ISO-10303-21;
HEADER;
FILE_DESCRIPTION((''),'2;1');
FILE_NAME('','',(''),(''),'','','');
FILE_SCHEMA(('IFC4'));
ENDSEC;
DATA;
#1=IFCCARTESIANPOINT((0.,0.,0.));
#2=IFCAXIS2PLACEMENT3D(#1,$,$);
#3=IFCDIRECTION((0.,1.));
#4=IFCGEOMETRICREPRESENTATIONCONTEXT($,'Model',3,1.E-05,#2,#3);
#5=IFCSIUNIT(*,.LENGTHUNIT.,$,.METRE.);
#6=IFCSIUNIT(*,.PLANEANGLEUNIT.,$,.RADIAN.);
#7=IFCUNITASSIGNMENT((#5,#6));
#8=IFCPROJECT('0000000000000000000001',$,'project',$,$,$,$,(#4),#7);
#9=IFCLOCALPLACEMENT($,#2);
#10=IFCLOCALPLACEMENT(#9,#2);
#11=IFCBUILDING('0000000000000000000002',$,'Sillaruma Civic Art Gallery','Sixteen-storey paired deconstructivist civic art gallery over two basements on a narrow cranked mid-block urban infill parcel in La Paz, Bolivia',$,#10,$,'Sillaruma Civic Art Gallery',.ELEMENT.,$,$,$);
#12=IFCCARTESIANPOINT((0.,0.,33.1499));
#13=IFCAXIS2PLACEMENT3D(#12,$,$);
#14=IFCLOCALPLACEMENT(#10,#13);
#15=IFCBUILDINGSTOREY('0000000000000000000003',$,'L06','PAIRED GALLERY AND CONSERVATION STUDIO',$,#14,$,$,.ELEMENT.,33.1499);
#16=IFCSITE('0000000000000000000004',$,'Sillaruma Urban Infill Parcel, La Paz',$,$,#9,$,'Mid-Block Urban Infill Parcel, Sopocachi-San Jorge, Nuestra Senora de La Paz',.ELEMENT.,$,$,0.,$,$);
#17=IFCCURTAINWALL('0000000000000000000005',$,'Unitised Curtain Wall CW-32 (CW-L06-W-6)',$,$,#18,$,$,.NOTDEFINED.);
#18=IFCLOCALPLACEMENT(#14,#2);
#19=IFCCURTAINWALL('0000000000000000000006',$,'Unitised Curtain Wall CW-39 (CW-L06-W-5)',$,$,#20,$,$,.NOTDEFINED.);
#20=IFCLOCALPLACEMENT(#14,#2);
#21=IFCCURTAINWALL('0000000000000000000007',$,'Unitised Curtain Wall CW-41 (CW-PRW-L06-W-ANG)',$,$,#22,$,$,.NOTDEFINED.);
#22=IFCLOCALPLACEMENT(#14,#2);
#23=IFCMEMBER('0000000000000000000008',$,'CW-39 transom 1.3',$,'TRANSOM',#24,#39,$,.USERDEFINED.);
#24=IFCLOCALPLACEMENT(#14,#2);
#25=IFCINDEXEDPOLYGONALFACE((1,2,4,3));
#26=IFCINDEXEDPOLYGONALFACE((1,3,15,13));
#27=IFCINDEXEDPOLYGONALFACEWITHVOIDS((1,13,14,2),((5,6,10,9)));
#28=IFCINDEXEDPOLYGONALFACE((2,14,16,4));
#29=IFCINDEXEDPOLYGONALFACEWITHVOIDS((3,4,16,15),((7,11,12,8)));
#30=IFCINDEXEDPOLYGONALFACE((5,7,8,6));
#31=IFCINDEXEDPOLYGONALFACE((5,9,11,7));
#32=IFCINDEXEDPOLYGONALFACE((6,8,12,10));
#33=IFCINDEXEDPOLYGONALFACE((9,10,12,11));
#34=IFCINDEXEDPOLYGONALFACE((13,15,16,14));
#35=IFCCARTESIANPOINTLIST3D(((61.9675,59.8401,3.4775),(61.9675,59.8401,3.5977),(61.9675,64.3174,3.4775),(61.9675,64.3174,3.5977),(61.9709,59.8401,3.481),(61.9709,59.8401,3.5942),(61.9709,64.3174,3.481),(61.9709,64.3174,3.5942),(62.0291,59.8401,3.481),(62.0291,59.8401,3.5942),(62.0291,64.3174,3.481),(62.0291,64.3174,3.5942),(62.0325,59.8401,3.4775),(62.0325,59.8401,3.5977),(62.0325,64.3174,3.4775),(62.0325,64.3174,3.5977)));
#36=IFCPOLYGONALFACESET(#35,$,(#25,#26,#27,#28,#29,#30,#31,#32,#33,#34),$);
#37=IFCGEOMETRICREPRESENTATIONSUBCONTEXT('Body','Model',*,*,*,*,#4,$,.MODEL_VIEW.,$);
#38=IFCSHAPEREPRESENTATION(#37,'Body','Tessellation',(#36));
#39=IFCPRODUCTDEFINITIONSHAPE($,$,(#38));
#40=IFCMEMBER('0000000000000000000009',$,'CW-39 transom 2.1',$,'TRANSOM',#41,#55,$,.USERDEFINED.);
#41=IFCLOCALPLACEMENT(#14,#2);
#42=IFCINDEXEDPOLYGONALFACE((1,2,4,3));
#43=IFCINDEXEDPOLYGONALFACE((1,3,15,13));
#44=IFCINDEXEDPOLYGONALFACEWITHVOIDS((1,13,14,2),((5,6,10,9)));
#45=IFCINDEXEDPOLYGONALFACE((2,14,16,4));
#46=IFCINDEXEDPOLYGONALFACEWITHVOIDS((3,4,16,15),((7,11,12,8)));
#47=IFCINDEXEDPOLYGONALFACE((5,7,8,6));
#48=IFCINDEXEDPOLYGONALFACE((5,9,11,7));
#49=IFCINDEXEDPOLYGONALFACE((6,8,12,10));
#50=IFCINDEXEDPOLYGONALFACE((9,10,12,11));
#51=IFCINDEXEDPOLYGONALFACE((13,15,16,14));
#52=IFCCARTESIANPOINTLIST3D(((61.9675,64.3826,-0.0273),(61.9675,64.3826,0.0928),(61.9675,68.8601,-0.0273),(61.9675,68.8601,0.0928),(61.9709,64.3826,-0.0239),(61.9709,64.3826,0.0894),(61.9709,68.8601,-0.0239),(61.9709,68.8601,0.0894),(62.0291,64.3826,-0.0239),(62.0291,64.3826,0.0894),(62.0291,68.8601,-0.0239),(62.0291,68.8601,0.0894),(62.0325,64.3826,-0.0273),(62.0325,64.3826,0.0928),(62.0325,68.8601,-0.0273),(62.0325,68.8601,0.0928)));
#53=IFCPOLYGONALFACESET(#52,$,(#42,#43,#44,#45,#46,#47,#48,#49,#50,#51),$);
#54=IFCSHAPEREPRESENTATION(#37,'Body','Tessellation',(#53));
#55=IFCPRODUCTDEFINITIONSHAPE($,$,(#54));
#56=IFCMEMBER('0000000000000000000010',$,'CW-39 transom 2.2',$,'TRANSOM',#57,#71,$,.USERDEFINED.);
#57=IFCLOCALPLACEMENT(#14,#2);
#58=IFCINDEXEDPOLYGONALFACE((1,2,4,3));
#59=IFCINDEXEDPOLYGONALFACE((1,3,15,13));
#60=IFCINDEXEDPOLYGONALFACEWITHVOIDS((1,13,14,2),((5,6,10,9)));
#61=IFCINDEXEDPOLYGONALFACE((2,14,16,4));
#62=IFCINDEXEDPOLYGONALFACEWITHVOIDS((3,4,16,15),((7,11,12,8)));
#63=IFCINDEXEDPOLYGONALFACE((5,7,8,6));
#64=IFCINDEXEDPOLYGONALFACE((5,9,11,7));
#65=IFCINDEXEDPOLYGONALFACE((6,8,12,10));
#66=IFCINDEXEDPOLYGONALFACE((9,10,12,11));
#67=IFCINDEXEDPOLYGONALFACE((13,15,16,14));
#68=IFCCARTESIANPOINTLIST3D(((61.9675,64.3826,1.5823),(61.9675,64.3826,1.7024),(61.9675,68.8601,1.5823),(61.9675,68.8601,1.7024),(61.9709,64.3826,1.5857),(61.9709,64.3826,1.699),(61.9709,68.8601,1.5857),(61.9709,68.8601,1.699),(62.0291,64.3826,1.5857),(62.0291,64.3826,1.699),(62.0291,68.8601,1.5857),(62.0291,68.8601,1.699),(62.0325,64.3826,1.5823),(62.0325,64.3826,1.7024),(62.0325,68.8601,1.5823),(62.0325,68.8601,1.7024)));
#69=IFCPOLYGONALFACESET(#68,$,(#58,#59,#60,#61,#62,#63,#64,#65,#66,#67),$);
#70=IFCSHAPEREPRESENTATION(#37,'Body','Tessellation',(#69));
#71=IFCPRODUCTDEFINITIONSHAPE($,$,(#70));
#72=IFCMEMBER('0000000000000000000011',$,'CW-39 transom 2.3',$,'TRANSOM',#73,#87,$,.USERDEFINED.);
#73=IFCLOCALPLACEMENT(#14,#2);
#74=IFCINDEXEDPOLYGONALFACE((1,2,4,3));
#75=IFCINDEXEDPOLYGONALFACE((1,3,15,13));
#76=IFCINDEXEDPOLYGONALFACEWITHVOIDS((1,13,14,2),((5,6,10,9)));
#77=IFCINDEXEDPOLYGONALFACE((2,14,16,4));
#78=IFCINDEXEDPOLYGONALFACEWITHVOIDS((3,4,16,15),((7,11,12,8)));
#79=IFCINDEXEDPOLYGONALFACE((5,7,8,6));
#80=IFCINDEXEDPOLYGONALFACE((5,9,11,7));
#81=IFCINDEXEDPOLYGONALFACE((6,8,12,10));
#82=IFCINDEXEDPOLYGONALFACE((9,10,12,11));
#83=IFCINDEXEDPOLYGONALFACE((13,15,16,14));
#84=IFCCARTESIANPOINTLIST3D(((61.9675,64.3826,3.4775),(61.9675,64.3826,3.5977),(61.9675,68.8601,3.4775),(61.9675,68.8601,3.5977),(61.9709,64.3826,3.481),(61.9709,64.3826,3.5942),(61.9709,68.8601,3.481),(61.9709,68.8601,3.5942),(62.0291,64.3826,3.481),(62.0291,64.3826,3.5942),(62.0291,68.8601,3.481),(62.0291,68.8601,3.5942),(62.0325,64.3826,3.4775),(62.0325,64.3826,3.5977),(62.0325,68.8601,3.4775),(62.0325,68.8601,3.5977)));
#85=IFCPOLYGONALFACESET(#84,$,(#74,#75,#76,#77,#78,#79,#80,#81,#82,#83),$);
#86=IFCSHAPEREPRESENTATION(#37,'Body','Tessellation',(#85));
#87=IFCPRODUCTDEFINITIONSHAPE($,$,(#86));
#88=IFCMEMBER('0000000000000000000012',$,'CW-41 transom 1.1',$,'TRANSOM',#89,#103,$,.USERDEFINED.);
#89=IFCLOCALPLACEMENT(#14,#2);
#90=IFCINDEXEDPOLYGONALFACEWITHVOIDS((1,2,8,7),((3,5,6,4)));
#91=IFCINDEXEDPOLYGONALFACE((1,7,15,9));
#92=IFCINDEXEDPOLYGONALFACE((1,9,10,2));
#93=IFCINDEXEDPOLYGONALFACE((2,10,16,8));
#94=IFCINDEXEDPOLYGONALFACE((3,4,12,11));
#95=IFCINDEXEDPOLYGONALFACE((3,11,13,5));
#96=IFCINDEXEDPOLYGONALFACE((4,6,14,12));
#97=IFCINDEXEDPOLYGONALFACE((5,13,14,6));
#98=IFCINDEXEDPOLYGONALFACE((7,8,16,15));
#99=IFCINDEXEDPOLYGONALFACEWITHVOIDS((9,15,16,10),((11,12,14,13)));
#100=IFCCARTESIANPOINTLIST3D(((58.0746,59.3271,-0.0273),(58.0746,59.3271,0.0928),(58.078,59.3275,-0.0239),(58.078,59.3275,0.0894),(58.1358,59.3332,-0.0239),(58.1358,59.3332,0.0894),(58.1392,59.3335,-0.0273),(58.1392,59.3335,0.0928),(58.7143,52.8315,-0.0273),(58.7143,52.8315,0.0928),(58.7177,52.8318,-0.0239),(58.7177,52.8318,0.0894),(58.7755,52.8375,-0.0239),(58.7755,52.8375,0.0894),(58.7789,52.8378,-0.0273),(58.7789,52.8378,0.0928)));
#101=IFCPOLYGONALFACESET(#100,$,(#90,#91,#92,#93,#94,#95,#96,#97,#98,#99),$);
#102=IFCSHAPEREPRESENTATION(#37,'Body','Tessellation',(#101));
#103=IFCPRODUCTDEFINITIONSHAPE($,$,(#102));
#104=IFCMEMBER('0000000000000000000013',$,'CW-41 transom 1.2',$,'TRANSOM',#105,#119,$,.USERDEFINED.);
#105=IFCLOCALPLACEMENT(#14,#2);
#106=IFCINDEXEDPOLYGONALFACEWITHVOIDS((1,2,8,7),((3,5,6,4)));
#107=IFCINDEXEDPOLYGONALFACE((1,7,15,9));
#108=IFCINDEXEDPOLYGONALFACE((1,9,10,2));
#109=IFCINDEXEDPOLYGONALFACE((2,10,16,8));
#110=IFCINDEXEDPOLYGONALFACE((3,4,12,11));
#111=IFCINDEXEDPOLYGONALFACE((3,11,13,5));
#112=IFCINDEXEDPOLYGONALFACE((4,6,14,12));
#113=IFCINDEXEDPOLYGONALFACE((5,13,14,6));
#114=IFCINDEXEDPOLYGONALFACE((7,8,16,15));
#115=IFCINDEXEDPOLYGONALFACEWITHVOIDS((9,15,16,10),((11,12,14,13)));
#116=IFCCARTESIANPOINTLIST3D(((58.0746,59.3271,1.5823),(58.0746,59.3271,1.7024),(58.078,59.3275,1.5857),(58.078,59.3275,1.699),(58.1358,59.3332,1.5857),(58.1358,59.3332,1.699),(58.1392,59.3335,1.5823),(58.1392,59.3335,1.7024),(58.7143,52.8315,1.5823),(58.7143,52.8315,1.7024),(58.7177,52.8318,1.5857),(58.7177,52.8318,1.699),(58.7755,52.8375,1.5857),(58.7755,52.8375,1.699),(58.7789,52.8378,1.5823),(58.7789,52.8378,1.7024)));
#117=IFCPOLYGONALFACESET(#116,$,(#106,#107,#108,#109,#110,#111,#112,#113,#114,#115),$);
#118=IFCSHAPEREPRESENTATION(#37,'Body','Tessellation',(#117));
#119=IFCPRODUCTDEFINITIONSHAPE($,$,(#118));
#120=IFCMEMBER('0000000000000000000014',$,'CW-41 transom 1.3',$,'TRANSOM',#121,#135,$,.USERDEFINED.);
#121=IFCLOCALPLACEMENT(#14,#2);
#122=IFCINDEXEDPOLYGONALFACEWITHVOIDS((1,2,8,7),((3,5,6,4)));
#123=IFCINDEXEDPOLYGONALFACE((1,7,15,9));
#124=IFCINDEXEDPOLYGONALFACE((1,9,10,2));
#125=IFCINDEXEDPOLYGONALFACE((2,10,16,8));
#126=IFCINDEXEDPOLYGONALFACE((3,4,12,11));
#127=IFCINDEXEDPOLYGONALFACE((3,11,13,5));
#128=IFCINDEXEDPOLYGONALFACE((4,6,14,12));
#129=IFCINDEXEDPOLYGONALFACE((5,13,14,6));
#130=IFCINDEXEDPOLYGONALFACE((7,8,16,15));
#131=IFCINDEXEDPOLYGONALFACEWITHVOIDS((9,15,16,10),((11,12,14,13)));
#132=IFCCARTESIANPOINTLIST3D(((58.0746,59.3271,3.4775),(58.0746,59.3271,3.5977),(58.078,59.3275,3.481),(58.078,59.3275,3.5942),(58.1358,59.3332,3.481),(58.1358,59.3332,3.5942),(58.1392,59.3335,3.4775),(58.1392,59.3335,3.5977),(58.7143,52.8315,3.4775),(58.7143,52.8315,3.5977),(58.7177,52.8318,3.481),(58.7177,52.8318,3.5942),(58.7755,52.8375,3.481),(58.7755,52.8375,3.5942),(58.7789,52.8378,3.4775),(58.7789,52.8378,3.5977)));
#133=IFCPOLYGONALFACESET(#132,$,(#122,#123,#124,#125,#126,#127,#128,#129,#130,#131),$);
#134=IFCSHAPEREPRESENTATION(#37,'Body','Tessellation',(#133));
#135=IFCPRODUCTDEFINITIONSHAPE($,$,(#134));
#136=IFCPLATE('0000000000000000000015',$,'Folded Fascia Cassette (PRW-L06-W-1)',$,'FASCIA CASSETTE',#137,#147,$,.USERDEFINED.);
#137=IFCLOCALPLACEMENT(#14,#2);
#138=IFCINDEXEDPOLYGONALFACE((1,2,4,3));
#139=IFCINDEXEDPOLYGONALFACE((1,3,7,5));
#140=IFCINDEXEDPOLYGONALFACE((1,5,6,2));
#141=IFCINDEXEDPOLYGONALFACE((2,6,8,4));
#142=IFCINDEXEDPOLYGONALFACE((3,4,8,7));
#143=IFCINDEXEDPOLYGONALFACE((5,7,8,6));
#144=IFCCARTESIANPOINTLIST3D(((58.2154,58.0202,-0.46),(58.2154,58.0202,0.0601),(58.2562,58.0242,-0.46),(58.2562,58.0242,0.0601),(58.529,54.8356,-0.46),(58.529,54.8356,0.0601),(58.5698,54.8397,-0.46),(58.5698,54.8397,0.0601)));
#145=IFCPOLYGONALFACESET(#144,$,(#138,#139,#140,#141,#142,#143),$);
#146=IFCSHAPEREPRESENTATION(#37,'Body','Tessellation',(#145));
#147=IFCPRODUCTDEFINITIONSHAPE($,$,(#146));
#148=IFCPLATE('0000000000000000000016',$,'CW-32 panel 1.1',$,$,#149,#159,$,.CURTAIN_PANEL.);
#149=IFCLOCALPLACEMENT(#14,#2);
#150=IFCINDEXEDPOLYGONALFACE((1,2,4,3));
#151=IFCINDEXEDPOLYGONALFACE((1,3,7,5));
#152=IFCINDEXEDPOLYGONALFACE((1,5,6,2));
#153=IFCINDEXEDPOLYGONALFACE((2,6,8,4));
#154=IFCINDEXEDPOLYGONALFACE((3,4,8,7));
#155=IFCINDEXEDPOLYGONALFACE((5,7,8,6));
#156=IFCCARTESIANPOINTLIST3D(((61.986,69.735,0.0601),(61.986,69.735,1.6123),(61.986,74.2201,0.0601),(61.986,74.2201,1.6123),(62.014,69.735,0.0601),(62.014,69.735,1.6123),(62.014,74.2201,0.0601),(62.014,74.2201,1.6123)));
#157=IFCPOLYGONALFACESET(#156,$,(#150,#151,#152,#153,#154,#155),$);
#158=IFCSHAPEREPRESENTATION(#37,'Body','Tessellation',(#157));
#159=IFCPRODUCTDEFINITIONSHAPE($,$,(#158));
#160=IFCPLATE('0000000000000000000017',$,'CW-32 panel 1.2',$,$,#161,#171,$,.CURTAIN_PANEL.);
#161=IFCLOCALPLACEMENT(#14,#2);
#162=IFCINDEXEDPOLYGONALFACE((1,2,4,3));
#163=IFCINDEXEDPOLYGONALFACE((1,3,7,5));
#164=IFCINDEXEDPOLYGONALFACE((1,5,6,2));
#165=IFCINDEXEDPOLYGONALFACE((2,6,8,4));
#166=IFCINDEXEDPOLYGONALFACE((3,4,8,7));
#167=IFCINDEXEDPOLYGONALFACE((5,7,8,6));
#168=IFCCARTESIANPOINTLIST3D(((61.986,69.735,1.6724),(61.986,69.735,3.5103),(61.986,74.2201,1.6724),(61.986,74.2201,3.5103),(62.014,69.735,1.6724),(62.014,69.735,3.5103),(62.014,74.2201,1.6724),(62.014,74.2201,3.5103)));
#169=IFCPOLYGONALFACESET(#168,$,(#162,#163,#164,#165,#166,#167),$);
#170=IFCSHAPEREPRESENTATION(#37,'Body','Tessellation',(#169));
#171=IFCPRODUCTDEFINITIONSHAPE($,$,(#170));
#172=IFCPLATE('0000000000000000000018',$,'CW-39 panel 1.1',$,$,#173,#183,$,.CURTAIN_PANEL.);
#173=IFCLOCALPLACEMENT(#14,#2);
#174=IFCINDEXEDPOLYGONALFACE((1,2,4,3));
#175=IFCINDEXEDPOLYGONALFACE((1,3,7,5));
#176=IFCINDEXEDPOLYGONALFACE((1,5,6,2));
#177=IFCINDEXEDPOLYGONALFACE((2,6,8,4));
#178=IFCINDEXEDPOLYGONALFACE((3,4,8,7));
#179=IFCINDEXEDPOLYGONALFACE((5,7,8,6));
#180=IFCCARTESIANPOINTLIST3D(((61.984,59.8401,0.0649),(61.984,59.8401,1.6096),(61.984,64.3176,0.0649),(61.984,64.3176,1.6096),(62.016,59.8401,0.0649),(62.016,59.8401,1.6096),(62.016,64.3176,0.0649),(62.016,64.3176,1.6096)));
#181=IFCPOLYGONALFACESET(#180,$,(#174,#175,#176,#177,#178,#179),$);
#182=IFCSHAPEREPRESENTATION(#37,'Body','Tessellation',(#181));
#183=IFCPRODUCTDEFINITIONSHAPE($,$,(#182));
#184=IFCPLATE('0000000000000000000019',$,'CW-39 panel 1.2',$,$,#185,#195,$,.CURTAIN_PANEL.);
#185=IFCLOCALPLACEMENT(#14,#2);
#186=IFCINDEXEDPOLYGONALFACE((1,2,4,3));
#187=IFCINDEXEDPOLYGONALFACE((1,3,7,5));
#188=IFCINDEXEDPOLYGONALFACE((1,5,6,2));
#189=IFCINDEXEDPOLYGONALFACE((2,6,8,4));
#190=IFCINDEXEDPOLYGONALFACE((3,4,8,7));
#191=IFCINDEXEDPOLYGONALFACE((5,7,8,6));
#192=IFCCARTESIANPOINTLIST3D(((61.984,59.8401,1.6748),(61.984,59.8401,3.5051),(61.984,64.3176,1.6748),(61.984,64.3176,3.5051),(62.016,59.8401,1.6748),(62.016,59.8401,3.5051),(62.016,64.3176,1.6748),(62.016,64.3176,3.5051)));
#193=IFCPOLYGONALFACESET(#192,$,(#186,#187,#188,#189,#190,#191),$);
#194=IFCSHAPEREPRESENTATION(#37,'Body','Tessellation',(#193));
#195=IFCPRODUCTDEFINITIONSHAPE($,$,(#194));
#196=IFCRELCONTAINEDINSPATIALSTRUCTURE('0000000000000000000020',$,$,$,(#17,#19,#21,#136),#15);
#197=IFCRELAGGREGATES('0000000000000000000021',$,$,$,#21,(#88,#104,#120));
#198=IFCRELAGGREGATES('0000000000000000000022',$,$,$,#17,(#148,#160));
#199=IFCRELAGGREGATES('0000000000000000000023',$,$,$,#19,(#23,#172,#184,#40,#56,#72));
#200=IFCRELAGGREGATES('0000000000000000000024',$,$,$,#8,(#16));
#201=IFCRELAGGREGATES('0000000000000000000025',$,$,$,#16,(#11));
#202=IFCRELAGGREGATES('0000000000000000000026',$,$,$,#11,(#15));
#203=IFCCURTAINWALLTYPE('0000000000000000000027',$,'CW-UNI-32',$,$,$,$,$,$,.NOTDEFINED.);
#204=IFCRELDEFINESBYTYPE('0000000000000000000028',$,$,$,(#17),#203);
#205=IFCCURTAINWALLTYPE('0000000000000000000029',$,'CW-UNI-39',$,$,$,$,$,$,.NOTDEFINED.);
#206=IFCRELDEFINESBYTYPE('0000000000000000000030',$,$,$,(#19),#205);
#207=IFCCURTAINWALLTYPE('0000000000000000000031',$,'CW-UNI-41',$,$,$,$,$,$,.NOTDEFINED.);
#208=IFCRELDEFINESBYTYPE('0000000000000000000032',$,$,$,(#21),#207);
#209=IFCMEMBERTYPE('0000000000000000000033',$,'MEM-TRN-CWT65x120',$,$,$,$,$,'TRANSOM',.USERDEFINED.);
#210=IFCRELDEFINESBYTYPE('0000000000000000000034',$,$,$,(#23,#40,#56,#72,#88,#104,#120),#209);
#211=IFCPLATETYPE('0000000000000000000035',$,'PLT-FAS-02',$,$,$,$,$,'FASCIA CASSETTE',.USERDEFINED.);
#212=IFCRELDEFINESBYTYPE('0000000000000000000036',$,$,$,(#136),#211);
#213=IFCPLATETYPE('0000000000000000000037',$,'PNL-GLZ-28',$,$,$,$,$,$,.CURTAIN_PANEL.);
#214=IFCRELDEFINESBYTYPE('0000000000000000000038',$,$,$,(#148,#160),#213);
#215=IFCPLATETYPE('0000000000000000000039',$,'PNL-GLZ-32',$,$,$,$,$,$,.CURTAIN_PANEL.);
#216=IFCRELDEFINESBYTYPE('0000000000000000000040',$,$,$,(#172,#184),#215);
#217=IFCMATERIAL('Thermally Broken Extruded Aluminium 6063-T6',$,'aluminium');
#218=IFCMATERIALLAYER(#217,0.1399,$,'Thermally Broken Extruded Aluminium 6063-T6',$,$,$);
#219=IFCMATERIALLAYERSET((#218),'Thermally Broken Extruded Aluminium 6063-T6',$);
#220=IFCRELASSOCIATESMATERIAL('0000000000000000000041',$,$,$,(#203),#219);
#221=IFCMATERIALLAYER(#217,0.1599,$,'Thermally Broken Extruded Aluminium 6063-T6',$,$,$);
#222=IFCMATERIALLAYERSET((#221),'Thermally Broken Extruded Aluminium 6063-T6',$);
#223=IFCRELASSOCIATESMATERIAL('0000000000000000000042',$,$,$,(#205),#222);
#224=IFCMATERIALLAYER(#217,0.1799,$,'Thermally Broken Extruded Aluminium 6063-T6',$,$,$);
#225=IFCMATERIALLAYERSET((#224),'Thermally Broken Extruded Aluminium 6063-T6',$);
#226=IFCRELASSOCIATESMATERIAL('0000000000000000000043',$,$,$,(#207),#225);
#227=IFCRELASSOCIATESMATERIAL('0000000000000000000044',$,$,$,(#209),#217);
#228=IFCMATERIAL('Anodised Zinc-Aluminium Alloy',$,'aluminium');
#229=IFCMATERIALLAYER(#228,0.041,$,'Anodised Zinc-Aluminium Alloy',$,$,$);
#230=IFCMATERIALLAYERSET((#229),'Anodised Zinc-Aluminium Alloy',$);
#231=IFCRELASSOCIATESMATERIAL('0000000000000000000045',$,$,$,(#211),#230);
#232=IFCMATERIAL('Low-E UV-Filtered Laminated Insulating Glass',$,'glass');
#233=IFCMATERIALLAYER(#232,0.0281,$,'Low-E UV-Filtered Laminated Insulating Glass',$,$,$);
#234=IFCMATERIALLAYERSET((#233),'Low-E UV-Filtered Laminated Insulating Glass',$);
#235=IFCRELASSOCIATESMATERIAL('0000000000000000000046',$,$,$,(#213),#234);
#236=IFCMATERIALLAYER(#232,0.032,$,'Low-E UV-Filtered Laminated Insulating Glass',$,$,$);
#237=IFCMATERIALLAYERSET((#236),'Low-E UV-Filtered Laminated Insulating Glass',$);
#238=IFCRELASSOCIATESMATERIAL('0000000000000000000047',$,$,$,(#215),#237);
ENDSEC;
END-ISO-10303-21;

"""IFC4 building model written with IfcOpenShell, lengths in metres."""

from ifc_helpers import new_model, si_unit, direction, frame, origin, origin_2d, place, context, subcontext, project, spatial, rectangle, hollow_rectangle, extrude, material, layer, layer_set, material_profile, profile_set, type_object, element, aggregate, save


model = new_model("IFC4")

# Units and contexts
model_context = context("Model", 3, precision=1e-05, world=origin(), true_north=direction((0.0, 1.0)))
body_context = subcontext(model_context, "Body", "Model", "MODEL_VIEW")
ifc_project = project(units=[si_unit("LENGTHUNIT", "METRE"), si_unit("PLANEANGLEUNIT", "RADIAN")], contexts=[model_context])

# Site, building, storey
site_placement = place(None, origin())
site = spatial("IfcSite", under=ifc_project, at=site_placement, Name="Sillaruma Urban Infill Parcel, La Paz", LongName="Mid-Block Urban Infill Parcel, Sopocachi-San Jorge, Nuestra Senora de La Paz", CompositionType="ELEMENT", RefElevation=0.0)
building_placement = place(site_placement, origin())
building = spatial("IfcBuilding", under=site, at=building_placement, Name="Sillaruma Civic Art Gallery", Description="Sixteen-storey paired deconstructivist civic art gallery over two basements on a narrow cranked mid-block urban infill parcel in La Paz, Bolivia", LongName="Sillaruma Civic Art Gallery", CompositionType="ELEMENT")
storey_placement = place(building_placement, frame((0.0, 0.0, 33.1499)))
storey = spatial("IfcBuildingStorey", under=building, at=storey_placement, Name="L06", Description="PAIRED GALLERY AND CONSERVATION STUDIO", CompositionType="ELEMENT", Elevation=33.1499)

# Curtain walls
ifc_material_1 = material(Name="Thermally Broken Extruded Aluminium 6063-T6", Category="aluminium")
ifc_layer_1 = layer(ifc_material_1, 0.1399, Name="Thermally Broken Extruded Aluminium 6063-T6")
ifc_layer_set_1 = layer_set([ifc_layer_1], Name="Thermally Broken Extruded Aluminium 6063-T6")
curtain_wall_type_1 = type_object("IfcCurtainWallType", Name="CW-UNI-32", PredefinedType="NOTDEFINED", material=ifc_layer_set_1)
curtain_wall_1_placement = place(storey_placement, origin())
curtain_wall_1 = element("IfcCurtainWall", 1, at=curtain_wall_1_placement, inside=storey, type_object=curtain_wall_type_1, Name="Unitised Curtain Wall CW-32 (CW-L06-W-6)", PredefinedType="NOTDEFINED")
ifc_layer_2 = layer(ifc_material_1, 0.1599, Name="Thermally Broken Extruded Aluminium 6063-T6")
ifc_layer_set_2 = layer_set([ifc_layer_2], Name="Thermally Broken Extruded Aluminium 6063-T6")
curtain_wall_type_2 = type_object("IfcCurtainWallType", Name="CW-UNI-39", PredefinedType="NOTDEFINED", material=ifc_layer_set_2)
curtain_wall_2_placement = place(storey_placement, origin())
curtain_wall_2 = element("IfcCurtainWall", 2, at=curtain_wall_2_placement, inside=storey, type_object=curtain_wall_type_2, Name="Unitised Curtain Wall CW-39 (CW-L06-W-5)", PredefinedType="NOTDEFINED")

# Curtain wall
ifc_layer_3 = layer(ifc_material_1, 0.1799, Name="Thermally Broken Extruded Aluminium 6063-T6")
ifc_layer_set_3 = layer_set([ifc_layer_3], Name="Thermally Broken Extruded Aluminium 6063-T6")
curtain_wall_type_3 = type_object("IfcCurtainWallType", Name="CW-UNI-41", PredefinedType="NOTDEFINED", material=ifc_layer_set_3)
curtain_wall_3_placement = place(storey_placement, origin())
curtain_wall_3 = element("IfcCurtainWall", 3, at=curtain_wall_3_placement, inside=storey, type_object=curtain_wall_type_3, Name="Unitised Curtain Wall CW-41 (CW-PRW-L06-W-ANG)", PredefinedType="NOTDEFINED")

# Members
ifc_material_profile_1 = material_profile(ifc_material_1, hollow_rectangle(XDim=0.0649, YDim=0.1201, WallThickness=0.0034, at=origin_2d()), Name="CWT65x120")
ifc_profile_set_1 = profile_set([ifc_material_profile_1], Name="Thermally Broken Extruded Aluminium 6063-T6")
member_type_1 = type_object("IfcMemberType", Name="MEM-TRN-CWT65x120", ElementType="TRANSOM", PredefinedType="USERDEFINED", material=ifc_profile_set_1)
member_1_placement = place(storey_placement, frame((62.0, 59.8401, 3.5376), z_axis=(0.0, 1.0, 0.0), x_axis=(-1.0, 0.0, 0.0)))
member_1 = element("IfcMember", 4, at=member_1_placement, type_object=member_type_1, Name="CW-39 transom 1.3", ObjectType="TRANSOM", PredefinedType="USERDEFINED", context=body_context, shape_type="SweptSolid", body=[
    extrude(hollow_rectangle(XDim=0.0649, YDim=0.1201, WallThickness=0.0034, at=origin_2d()), origin(), (0.0, 0.0, 1.0), 4.4773),
])
member_2_placement = place(storey_placement, frame((62.0, 64.3826, 0.0327), z_axis=(0.0, 1.0, 0.0), x_axis=(-1.0, 0.0, 0.0)))
member_2 = element("IfcMember", 5, at=member_2_placement, type_object=member_type_1, Name="CW-39 transom 2.1", ObjectType="TRANSOM", PredefinedType="USERDEFINED", context=body_context, shape_type="SweptSolid", body=[
    extrude(hollow_rectangle(XDim=0.0649, YDim=0.1201, WallThickness=0.0034, at=origin_2d()), origin(), (0.0, 0.0, 1.0), 4.4775),
])
member_3_placement = place(storey_placement, frame((62.0, 64.3826, 1.6423), z_axis=(0.0, 1.0, 0.0), x_axis=(-1.0, 0.0, 0.0)))
member_3 = element("IfcMember", 6, at=member_3_placement, type_object=member_type_1, Name="CW-39 transom 2.2", ObjectType="TRANSOM", PredefinedType="USERDEFINED", context=body_context, shape_type="SweptSolid", body=[
    extrude(hollow_rectangle(XDim=0.0649, YDim=0.1201, WallThickness=0.0034, at=origin_2d()), origin(), (0.0, 0.0, 1.0), 4.4775),
])
member_4_placement = place(storey_placement, frame((62.0, 64.3826, 3.5376), z_axis=(0.0, 1.0, 0.0), x_axis=(-1.0, 0.0, 0.0)))
member_4 = element("IfcMember", 7, at=member_4_placement, type_object=member_type_1, Name="CW-39 transom 2.3", ObjectType="TRANSOM", PredefinedType="USERDEFINED", context=body_context, shape_type="SweptSolid", body=[
    extrude(hollow_rectangle(XDim=0.0649, YDim=0.1201, WallThickness=0.0034, at=origin_2d()), origin(), (0.0, 0.0, 1.0), 4.4775),
])
member_5_placement = place(storey_placement, frame((58.1069, 59.3303, 0.0327), z_axis=(0.098, -0.995186, 0.0), x_axis=(0.995186, 0.098, 0.0)))
member_5 = element("IfcMember", 8, at=member_5_placement, type_object=member_type_1, Name="CW-41 transom 1.1", ObjectType="TRANSOM", PredefinedType="USERDEFINED", context=body_context, shape_type="SweptSolid", body=[
    extrude(hollow_rectangle(XDim=0.0649, YDim=0.1201, WallThickness=0.0034, at=origin_2d()), origin(), (0.0, 0.0, 1.0), 6.5271),
])
member_6_placement = place(storey_placement, frame((58.1069, 59.3303, 1.6423), z_axis=(0.098, -0.995186, 0.0), x_axis=(0.995186, 0.098, 0.0)))
member_6 = element("IfcMember", 9, at=member_6_placement, type_object=member_type_1, Name="CW-41 transom 1.2", ObjectType="TRANSOM", PredefinedType="USERDEFINED", context=body_context, shape_type="SweptSolid", body=[
    extrude(hollow_rectangle(XDim=0.0649, YDim=0.1201, WallThickness=0.0034, at=origin_2d()), origin(), (0.0, 0.0, 1.0), 6.5271),
])
member_7_placement = place(storey_placement, frame((58.1069, 59.3303, 3.5376), z_axis=(0.098, -0.995186, 0.0), x_axis=(0.995186, 0.098, 0.0)))
member_7 = element("IfcMember", 10, at=member_7_placement, type_object=member_type_1, Name="CW-41 transom 1.3", ObjectType="TRANSOM", PredefinedType="USERDEFINED", context=body_context, shape_type="SweptSolid", body=[
    extrude(hollow_rectangle(XDim=0.0649, YDim=0.1201, WallThickness=0.0034, at=origin_2d()), origin(), (0.0, 0.0, 1.0), 6.5271),
])
aggregate(curtain_wall_3, [member_5, member_6, member_7])

# Plates
ifc_material_2 = material(Name="Anodised Zinc-Aluminium Alloy", Category="aluminium")
ifc_layer_4 = layer(ifc_material_2, 0.041, Name="Anodised Zinc-Aluminium Alloy")
ifc_layer_set_4 = layer_set([ifc_layer_4], Name="Anodised Zinc-Aluminium Alloy")
plate_type_1 = type_object("IfcPlateType", Name="PLT-FAS-02", ElementType="FASCIA CASSETTE", PredefinedType="USERDEFINED", material=ifc_layer_set_4)
plate_1_placement = place(storey_placement, frame((58.3926, 56.4299, -0.46), z_axis=(0.0, 0.0, 1.0), x_axis=(0.098011, -0.995185, 0.0)))
element("IfcPlate", 11, at=plate_1_placement, inside=storey, type_object=plate_type_1, Name="Folded Fascia Cassette (PRW-L06-W-1)", ObjectType="FASCIA CASSETTE", PredefinedType="USERDEFINED", context=body_context, shape_type="SweptSolid", body=[
    extrude(rectangle(XDim=3.2, YDim=0.041, at=origin_2d()), origin(), (0.0, 0.0, 1.0), 0.52),
])
ifc_material_3 = material(Name="Low-E UV-Filtered Laminated Insulating Glass", Category="glass")
ifc_layer_5 = layer(ifc_material_3, 0.0281, Name="Low-E UV-Filtered Laminated Insulating Glass")
ifc_layer_set_5 = layer_set([ifc_layer_5], Name="Low-E UV-Filtered Laminated Insulating Glass")
plate_type_2 = type_object("IfcPlateType", Name="PNL-GLZ-28", PredefinedType="CURTAIN_PANEL", material=ifc_layer_set_5)
plate_2_placement = place(storey_placement, frame((62.0, 71.9775, 0.0601), z_axis=(0.0, 0.0, 1.0), x_axis=(0.0, 1.0, 0.0)))
plate_2 = element("IfcPlate", 12, at=plate_2_placement, type_object=plate_type_2, Name="CW-32 panel 1.1", PredefinedType="CURTAIN_PANEL", context=body_context, shape_type="SweptSolid", body=[
    extrude(rectangle(XDim=4.4851, YDim=0.0281, at=origin_2d()), origin(), (0.0, 0.0, 1.0), 1.5522),
])
plate_3_placement = place(storey_placement, frame((62.0, 71.9775, 1.6724), z_axis=(0.0, 0.0, 1.0), x_axis=(0.0, 1.0, 0.0)))
plate_3 = element("IfcPlate", 13, at=plate_3_placement, type_object=plate_type_2, Name="CW-32 panel 1.2", PredefinedType="CURTAIN_PANEL", context=body_context, shape_type="SweptSolid", body=[
    extrude(rectangle(XDim=4.4851, YDim=0.0281, at=origin_2d()), origin(), (0.0, 0.0, 1.0), 1.8379),
])
aggregate(curtain_wall_1, [plate_2, plate_3])
ifc_layer_6 = layer(ifc_material_3, 0.032, Name="Low-E UV-Filtered Laminated Insulating Glass")
ifc_layer_set_6 = layer_set([ifc_layer_6], Name="Low-E UV-Filtered Laminated Insulating Glass")
plate_type_3 = type_object("IfcPlateType", Name="PNL-GLZ-32", PredefinedType="CURTAIN_PANEL", material=ifc_layer_set_6)
plate_4_placement = place(storey_placement, frame((62.0, 62.0789, 0.0649), z_axis=(0.0, 0.0, 1.0), x_axis=(0.0, 1.0, 0.0)))
plate_4 = element("IfcPlate", 14, at=plate_4_placement, type_object=plate_type_3, Name="CW-39 panel 1.1", PredefinedType="CURTAIN_PANEL", context=body_context, shape_type="SweptSolid", body=[
    extrude(rectangle(XDim=4.4775, YDim=0.032, at=origin_2d()), origin(), (0.0, 0.0, 1.0), 1.5447),
])
plate_5_placement = place(storey_placement, frame((62.0, 62.0789, 1.6748), z_axis=(0.0, 0.0, 1.0), x_axis=(0.0, 1.0, 0.0)))
plate_5 = element("IfcPlate", 15, at=plate_5_placement, type_object=plate_type_3, Name="CW-39 panel 1.2", PredefinedType="CURTAIN_PANEL", context=body_context, shape_type="SweptSolid", body=[
    extrude(rectangle(XDim=4.4775, YDim=0.032, at=origin_2d()), origin(), (0.0, 0.0, 1.0), 1.8303),
])
aggregate(curtain_wall_2, [member_1, plate_4, plate_5, member_2, member_3, member_4])

save(model, "model.ifc")
